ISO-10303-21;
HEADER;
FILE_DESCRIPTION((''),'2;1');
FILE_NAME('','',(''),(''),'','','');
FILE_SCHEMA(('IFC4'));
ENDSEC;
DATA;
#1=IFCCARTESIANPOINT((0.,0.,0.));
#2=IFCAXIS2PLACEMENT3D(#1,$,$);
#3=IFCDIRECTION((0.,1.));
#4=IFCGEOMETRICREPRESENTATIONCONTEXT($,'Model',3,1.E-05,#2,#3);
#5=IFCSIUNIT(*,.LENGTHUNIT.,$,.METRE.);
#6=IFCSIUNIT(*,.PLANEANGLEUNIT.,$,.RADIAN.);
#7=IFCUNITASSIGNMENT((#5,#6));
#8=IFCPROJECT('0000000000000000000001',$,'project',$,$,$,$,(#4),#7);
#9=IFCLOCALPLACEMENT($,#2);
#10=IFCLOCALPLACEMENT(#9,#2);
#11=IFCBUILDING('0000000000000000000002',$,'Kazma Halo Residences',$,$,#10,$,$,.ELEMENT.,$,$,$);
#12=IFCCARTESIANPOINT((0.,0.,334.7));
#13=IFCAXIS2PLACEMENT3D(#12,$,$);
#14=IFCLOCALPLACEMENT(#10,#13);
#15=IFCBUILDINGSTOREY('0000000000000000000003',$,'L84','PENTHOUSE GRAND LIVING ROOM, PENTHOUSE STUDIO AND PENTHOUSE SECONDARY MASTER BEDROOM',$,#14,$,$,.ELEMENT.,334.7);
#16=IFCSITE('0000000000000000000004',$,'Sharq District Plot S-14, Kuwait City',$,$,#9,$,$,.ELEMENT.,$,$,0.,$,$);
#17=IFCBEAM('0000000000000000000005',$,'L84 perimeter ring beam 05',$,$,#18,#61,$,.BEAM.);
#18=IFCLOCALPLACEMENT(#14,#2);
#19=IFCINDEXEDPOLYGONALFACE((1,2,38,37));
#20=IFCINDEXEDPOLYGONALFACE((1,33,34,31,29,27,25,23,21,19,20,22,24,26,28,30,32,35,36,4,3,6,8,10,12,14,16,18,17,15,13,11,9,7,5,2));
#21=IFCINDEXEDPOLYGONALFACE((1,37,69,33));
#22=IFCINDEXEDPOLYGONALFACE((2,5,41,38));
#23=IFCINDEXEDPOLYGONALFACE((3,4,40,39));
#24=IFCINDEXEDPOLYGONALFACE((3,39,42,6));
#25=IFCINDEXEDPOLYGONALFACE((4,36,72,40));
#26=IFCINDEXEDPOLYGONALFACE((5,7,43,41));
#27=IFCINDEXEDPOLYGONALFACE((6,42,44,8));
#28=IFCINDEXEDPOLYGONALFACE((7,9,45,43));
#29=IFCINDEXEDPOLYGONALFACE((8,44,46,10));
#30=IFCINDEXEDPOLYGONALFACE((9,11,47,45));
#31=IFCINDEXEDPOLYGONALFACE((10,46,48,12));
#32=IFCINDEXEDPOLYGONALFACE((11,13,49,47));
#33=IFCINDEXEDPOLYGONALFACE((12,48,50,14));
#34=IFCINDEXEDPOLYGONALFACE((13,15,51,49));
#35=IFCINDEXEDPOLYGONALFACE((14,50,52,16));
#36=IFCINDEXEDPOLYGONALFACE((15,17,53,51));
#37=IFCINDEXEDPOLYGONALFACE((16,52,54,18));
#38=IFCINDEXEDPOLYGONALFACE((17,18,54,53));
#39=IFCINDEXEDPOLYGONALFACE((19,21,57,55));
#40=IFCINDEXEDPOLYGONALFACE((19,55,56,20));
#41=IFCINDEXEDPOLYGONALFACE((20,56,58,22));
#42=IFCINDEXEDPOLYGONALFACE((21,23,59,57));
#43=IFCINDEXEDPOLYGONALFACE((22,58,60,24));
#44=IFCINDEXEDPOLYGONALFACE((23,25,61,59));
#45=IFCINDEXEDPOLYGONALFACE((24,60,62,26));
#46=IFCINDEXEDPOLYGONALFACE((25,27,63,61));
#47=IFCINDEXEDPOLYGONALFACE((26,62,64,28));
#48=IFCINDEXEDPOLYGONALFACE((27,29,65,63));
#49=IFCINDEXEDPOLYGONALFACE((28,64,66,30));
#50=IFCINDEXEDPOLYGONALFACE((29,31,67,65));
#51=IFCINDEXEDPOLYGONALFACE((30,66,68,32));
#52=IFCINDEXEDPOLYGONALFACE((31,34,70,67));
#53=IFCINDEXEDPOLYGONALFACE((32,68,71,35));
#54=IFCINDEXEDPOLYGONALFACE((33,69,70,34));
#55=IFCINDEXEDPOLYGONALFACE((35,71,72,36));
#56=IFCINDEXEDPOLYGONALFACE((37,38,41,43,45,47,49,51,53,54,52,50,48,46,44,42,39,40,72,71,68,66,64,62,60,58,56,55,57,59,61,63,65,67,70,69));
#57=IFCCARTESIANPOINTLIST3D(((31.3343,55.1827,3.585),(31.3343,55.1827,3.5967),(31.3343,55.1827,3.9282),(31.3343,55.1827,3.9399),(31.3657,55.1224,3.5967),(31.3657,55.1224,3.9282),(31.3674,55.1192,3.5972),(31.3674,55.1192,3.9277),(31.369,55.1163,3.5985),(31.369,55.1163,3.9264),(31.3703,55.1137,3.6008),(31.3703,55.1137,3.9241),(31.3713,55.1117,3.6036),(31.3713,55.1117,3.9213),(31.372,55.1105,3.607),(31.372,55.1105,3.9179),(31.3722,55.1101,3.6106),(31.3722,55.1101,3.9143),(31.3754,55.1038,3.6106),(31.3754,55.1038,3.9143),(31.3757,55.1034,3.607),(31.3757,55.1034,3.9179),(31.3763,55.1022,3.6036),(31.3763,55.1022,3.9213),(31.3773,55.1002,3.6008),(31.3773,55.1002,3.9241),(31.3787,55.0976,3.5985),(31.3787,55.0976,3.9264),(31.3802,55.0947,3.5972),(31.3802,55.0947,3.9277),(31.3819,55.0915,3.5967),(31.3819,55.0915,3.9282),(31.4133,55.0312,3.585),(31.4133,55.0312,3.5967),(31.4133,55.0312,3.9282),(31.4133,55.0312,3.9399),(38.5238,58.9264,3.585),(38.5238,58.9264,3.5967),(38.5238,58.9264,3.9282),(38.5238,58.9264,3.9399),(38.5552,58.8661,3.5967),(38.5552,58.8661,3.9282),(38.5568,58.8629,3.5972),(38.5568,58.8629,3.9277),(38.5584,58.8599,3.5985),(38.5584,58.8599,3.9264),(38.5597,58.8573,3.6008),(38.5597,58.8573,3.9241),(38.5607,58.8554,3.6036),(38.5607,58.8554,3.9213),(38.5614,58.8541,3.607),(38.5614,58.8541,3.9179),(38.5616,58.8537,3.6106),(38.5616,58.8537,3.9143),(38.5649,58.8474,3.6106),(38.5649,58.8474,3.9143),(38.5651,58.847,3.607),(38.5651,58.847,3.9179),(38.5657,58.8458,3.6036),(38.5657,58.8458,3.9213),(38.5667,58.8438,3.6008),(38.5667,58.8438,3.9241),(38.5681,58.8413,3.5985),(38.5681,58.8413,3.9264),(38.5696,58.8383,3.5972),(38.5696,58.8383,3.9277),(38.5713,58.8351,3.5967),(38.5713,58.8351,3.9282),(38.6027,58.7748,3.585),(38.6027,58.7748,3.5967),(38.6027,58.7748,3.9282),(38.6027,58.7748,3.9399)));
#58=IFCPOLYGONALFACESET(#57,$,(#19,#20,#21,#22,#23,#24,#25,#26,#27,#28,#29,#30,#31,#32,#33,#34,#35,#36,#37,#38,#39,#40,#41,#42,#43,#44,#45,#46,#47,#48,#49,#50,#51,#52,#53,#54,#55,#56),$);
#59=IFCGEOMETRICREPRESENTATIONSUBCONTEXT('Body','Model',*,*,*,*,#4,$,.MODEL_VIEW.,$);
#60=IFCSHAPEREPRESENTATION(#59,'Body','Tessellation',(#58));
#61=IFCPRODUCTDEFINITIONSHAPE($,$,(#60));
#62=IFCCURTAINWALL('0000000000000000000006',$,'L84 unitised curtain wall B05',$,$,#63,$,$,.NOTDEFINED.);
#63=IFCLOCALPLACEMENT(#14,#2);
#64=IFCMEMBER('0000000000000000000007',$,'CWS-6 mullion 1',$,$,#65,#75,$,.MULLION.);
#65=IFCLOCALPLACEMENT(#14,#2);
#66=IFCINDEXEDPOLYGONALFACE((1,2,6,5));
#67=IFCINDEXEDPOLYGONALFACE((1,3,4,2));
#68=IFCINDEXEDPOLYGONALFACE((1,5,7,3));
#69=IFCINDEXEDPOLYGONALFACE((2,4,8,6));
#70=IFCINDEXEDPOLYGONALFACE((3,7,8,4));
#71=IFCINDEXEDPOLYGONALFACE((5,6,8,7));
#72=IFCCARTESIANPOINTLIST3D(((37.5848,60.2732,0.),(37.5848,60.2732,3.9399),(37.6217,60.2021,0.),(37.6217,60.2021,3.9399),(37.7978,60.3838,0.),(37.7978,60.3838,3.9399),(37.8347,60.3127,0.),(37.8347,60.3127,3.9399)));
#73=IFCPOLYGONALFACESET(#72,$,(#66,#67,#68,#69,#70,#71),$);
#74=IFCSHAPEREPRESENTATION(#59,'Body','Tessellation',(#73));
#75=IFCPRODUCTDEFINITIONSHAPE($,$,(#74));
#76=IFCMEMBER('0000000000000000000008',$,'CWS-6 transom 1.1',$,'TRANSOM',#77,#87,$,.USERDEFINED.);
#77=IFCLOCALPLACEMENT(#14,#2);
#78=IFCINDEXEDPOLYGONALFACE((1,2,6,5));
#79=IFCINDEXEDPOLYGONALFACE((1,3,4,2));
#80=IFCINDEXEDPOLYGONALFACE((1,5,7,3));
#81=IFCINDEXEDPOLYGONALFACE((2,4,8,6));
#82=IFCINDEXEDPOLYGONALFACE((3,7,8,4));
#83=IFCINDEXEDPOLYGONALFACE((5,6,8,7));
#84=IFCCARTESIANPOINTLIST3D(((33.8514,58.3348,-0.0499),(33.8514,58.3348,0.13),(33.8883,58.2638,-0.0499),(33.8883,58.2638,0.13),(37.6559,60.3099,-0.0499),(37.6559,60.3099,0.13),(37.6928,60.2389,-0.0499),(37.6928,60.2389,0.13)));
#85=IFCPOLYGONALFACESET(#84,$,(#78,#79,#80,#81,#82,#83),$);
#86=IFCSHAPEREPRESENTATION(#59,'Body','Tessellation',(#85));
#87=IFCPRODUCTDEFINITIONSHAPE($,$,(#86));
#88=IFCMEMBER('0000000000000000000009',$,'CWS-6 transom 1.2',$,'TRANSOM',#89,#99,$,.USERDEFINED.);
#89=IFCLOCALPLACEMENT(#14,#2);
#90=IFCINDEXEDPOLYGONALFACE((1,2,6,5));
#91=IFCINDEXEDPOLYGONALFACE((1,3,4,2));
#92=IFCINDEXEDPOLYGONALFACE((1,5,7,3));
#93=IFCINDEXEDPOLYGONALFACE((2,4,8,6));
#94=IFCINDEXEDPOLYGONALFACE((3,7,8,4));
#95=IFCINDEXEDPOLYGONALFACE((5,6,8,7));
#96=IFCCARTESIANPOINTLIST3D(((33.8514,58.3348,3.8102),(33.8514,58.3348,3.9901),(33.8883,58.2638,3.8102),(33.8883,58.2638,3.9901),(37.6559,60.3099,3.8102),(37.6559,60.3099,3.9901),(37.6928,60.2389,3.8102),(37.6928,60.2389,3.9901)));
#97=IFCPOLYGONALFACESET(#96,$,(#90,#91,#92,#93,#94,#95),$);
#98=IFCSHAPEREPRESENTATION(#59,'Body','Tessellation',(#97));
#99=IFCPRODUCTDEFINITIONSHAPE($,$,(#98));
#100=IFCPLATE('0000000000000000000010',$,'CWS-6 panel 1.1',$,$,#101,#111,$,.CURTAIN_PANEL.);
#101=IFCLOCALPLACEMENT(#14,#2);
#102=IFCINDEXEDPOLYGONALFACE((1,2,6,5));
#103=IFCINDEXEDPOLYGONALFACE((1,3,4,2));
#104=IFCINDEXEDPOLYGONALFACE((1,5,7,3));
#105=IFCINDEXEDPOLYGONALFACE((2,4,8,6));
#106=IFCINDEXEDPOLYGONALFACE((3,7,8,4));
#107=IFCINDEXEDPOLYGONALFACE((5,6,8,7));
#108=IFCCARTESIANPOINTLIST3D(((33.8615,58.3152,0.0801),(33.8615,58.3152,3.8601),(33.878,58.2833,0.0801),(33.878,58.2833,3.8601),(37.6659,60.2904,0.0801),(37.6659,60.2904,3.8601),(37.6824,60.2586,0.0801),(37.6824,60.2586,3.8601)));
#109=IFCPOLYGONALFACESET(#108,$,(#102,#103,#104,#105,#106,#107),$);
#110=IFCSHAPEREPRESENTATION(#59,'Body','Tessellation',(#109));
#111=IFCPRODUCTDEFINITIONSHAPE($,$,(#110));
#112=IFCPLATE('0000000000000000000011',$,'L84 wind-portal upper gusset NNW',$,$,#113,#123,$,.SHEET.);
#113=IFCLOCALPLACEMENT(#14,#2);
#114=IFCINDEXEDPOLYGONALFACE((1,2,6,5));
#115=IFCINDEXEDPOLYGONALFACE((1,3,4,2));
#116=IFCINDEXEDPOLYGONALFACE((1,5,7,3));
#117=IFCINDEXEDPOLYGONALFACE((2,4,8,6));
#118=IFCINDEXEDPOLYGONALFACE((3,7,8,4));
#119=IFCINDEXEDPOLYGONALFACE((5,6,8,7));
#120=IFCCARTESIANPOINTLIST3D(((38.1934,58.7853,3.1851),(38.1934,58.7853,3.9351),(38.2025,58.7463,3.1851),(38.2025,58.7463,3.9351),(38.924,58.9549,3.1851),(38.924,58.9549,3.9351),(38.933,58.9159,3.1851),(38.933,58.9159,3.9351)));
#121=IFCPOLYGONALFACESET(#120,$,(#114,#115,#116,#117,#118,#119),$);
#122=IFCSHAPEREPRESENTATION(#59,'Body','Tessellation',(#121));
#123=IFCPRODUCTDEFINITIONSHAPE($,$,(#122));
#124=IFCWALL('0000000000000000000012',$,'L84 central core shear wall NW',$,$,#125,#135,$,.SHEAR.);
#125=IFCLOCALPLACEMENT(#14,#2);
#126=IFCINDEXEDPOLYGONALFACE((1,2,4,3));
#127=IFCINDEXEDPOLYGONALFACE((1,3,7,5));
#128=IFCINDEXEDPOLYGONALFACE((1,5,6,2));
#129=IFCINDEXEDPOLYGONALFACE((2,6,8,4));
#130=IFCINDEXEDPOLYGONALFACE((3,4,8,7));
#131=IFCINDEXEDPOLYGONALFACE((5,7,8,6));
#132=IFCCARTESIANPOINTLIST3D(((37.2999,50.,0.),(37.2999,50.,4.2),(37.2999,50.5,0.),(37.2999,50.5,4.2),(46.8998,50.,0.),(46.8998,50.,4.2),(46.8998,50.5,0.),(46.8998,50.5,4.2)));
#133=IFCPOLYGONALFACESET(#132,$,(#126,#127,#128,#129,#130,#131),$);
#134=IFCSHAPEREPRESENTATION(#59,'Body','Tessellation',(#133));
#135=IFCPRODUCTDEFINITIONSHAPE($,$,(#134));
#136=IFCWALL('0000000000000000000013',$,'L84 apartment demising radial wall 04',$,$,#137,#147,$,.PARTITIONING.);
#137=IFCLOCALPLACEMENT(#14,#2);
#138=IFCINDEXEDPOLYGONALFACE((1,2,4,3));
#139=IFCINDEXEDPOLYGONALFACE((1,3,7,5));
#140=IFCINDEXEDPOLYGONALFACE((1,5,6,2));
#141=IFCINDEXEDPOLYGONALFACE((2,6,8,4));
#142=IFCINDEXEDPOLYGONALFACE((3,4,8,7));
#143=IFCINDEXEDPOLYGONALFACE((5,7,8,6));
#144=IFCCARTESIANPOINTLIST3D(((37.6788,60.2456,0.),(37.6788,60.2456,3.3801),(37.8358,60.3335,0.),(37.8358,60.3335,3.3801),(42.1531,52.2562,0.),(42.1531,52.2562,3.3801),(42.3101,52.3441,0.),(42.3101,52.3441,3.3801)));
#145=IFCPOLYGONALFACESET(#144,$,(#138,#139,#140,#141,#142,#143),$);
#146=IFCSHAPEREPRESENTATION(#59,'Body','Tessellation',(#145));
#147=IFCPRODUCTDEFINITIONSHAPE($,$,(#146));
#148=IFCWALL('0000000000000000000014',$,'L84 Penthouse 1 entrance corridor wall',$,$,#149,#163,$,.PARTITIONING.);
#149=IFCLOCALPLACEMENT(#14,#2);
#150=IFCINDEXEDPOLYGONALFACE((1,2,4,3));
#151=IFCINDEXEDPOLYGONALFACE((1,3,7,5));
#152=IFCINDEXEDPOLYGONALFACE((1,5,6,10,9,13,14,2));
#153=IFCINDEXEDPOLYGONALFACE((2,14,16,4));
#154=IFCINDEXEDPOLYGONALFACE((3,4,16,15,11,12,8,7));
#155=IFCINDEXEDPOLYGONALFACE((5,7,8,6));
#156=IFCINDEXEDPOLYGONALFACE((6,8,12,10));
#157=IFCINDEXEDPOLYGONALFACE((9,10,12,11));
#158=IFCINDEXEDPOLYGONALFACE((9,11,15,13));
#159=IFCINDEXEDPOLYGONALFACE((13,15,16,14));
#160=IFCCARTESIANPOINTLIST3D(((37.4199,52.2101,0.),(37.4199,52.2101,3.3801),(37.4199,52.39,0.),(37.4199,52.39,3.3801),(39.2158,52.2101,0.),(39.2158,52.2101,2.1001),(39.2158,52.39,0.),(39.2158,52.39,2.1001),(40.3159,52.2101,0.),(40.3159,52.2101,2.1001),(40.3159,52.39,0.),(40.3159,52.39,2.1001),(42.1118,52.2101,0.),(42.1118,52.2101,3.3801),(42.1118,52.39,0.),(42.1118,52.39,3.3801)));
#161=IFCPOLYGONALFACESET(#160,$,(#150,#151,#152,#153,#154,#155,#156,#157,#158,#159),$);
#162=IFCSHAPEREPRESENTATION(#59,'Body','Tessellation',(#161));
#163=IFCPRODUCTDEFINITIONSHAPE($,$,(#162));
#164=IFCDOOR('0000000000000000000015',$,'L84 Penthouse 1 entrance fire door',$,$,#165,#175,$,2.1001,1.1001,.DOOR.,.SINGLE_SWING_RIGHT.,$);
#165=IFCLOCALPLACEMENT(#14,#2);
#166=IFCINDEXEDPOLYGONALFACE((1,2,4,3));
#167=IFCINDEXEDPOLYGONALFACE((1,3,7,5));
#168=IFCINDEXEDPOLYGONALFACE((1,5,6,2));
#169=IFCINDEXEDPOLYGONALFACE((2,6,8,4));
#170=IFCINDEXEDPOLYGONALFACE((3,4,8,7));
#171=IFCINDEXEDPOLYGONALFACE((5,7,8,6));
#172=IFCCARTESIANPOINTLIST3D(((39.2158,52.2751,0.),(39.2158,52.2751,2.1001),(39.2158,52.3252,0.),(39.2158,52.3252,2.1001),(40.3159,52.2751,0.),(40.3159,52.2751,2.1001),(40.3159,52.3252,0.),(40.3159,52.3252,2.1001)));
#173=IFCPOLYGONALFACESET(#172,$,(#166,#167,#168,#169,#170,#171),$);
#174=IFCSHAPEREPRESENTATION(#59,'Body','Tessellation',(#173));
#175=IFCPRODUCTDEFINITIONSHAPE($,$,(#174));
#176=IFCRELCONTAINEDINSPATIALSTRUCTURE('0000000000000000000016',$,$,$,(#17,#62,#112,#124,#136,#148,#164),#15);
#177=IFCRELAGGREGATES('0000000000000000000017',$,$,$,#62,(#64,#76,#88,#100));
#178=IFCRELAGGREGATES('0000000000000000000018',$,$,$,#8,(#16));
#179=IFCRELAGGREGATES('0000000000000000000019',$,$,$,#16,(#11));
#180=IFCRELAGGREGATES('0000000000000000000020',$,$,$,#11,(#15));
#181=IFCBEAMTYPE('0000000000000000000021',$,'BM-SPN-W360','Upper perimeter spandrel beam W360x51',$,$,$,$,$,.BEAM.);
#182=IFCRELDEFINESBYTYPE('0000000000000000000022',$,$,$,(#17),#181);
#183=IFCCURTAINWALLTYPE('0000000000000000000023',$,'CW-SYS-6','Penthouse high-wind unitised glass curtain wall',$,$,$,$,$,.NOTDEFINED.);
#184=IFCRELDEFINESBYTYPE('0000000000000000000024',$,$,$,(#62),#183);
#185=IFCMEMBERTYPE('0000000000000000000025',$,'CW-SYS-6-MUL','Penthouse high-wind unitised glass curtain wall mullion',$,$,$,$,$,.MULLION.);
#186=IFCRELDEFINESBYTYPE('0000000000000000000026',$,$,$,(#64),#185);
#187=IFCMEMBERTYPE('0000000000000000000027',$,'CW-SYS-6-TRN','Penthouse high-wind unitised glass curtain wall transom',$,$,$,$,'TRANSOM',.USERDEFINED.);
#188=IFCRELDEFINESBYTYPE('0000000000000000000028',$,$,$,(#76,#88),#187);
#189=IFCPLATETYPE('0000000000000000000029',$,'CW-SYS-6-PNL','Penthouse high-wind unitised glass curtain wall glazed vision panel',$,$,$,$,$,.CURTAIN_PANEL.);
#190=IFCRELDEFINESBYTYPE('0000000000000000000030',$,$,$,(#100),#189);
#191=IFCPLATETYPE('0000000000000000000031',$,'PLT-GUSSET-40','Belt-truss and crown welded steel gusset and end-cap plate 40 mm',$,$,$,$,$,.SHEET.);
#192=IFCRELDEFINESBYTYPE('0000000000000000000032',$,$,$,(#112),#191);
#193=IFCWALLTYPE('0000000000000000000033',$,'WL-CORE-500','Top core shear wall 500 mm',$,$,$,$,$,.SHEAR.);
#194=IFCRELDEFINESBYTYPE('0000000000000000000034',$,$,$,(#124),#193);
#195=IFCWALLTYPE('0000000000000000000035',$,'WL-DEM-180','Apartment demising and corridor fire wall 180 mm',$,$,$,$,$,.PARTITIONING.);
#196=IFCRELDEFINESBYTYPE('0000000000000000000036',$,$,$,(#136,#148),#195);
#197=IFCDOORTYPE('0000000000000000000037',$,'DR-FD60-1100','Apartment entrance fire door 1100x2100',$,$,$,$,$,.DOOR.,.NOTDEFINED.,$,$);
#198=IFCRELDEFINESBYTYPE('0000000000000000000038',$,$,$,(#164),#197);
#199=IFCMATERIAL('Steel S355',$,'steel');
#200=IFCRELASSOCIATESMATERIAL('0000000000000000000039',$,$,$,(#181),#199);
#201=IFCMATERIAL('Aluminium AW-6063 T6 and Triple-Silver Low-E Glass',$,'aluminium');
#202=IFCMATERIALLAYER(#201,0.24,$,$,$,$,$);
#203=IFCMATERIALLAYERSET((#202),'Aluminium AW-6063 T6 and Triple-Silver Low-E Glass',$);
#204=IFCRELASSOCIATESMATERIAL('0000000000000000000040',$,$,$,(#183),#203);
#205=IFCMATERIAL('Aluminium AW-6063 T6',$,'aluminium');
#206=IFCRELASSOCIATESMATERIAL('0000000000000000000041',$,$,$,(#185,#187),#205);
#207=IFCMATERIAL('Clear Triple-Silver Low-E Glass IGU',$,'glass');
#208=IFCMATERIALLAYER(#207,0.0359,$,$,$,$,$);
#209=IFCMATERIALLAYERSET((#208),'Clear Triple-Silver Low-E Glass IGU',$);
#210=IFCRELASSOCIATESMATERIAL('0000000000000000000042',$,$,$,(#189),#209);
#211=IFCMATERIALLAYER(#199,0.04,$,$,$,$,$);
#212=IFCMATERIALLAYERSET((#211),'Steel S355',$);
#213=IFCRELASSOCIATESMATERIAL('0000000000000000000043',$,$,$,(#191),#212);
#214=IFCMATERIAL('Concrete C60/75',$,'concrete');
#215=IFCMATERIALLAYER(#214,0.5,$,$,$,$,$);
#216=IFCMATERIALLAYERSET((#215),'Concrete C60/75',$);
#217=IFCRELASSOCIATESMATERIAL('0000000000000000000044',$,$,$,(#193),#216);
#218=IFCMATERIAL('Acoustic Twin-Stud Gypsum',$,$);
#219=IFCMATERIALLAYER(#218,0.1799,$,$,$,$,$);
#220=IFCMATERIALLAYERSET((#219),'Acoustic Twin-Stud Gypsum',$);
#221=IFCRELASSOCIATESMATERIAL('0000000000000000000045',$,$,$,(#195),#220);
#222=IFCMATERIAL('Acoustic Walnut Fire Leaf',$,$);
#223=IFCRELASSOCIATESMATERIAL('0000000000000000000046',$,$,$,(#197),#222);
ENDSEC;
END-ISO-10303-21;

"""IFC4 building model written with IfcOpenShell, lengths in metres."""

from ifc_helpers import new_model, si_unit, direction, frame, frame_2d, origin, origin_2d, place, context, subcontext, project, spatial, rectangle, i_section, extrude, material, layer, layer_set, material_profile, profile_set, type_object, element, fill, aggregate, save


model = new_model("IFC4")

# Units and contexts
model_context = context("Model", 3, precision=1e-05, world=origin(), true_north=direction((0.0, 1.0)))
body_context = subcontext(model_context, "Body", "Model", "MODEL_VIEW")
ifc_project = project(units=[si_unit("LENGTHUNIT", "METRE"), si_unit("PLANEANGLEUNIT", "RADIAN")], contexts=[model_context])

# Site, building, storey
site_placement = place(None, origin())
site = spatial("IfcSite", under=ifc_project, at=site_placement, Name="Sharq District Plot S-14, Kuwait City", CompositionType="ELEMENT", RefElevation=0.0)
building_placement = place(site_placement, origin())
building = spatial("IfcBuilding", under=site, at=building_placement, Name="Kazma Halo Residences", CompositionType="ELEMENT")
storey_placement = place(building_placement, frame((0.0, 0.0, 334.7)))
storey = spatial("IfcBuildingStorey", under=building, at=storey_placement, Name="L84", Description="PENTHOUSE GRAND LIVING ROOM, PENTHOUSE STUDIO AND PENTHOUSE SECONDARY MASTER BEDROOM", CompositionType="ELEMENT", Elevation=334.7)

# Shared definitions
ifc_material_1 = material(Name="Concrete C60/75", Category="concrete")

# Beam
ifc_material_2 = material(Name="Steel S355", Category="steel")
ifc_material_profile_1 = material_profile(ifc_material_2, i_section(OverallWidth=0.1709, OverallDepth=0.355, WebThickness=0.0071, FlangeThickness=0.0117, FilletRadius=0.0139, at=origin_2d()), Name="W360x51")
ifc_profile_set_1 = profile_set([ifc_material_profile_1], Name="Steel S355")
beam_type_1 = type_object("IfcBeamType", Name="BM-SPN-W360", Description="Upper perimeter spandrel beam W360x51", PredefinedType="BEAM", material=ifc_profile_set_1)
beam_1_placement = place(storey_placement, frame((38.5632, 58.8506, 3.7625), z_axis=(-0.886957, -0.461851, 0.0), x_axis=(0.461851, -0.886957, 0.0)))
element("IfcBeam", 1, at=beam_1_placement, inside=storey, type_object=beam_type_1, Name="L84 perimeter ring beam 05", PredefinedType="BEAM", context=body_context, shape_type="SweptSolid", body=[
    extrude(i_section(OverallWidth=0.1709, OverallDepth=0.355, WebThickness=0.0071, FlangeThickness=0.0117, FilletRadius=0.0139, at=origin_2d()), origin(), (0.0, 0.0, 1.0), 8.1057),
])

# Curtain wall, members, plate
ifc_material_3 = material(Name="Aluminium AW-6063 T6 and Triple-Silver Low-E Glass", Category="aluminium")
ifc_layer_1 = layer(ifc_material_3, 0.24)
ifc_layer_set_1 = layer_set([ifc_layer_1], Name="Aluminium AW-6063 T6 and Triple-Silver Low-E Glass")
curtain_wall_type = type_object("IfcCurtainWallType", Name="CW-SYS-6", Description="Penthouse high-wind unitised glass curtain wall", PredefinedType="NOTDEFINED", material=ifc_layer_set_1)
curtain_wall_placement = place(storey_placement, origin())
curtain_wall = element("IfcCurtainWall", 2, at=curtain_wall_placement, inside=storey, type_object=curtain_wall_type, Name="L84 unitised curtain wall B05", PredefinedType="NOTDEFINED")
ifc_material_4 = material(Name="Aluminium AW-6063 T6", Category="aluminium")
ifc_material_profile_2 = material_profile(ifc_material_4, rectangle(XDim=0.0801, YDim=0.24, at=origin_2d()), Name="CWM-80x240")
ifc_profile_set_2 = profile_set([ifc_material_profile_2], Name="Aluminium AW-6063 T6")
member_type_1 = type_object("IfcMemberType", Name="CW-SYS-6-MUL", Description="Penthouse high-wind unitised glass curtain wall mullion", PredefinedType="MULLION", material=ifc_profile_set_2)
member_1_placement = place(storey_placement, frame((37.7097, 60.293, 0.0), z_axis=(0.0, 0.0, 1.0), x_axis=(0.460796, -0.887506, 0.0)))
member_1 = element("IfcMember", 3, at=member_1_placement, type_object=member_type_1, Name="CWS-6 mullion 1", PredefinedType="MULLION", context=body_context, shape_type="SweptSolid", body=[
    extrude(rectangle(XDim=0.0801, YDim=0.24, at=origin_2d()), origin(), (0.0, 0.0, 1.0), 3.9399),
])
ifc_material_profile_3 = material_profile(ifc_material_4, rectangle(XDim=0.0801, YDim=0.1799, at=origin_2d()), Name="CWT-80x180")
ifc_profile_set_3 = profile_set([ifc_material_profile_3], Name="Aluminium AW-6063 T6")
member_type_2 = type_object("IfcMemberType", Name="CW-SYS-6-TRN", Description="Penthouse high-wind unitised glass curtain wall transom", ElementType="TRANSOM", PredefinedType="USERDEFINED", material=ifc_profile_set_3)
member_2_placement = place(storey_placement, frame((37.6743, 60.2744, 0.04), z_axis=(-0.887523, -0.460763, 0.0), x_axis=(0.460763, -0.887523, 0.0)))
member_2 = element("IfcMember", 4, at=member_2_placement, type_object=member_type_2, Name="CWS-6 transom 1.1", ObjectType="TRANSOM", PredefinedType="USERDEFINED", context=body_context, shape_type="SweptSolid", body=[
    extrude(rectangle(XDim=0.0801, YDim=0.1799, at=origin_2d()), origin(), (0.0, 0.0, 1.0), 4.2866),
])
member_3_placement = place(storey_placement, frame((37.6743, 60.2744, 3.9001), z_axis=(-0.887523, -0.460763, 0.0), x_axis=(0.460763, -0.887523, 0.0)))
member_3 = element("IfcMember", 5, at=member_3_placement, type_object=member_type_2, Name="CWS-6 transom 1.2", ObjectType="TRANSOM", PredefinedType="USERDEFINED", context=body_context, shape_type="SweptSolid", body=[
    extrude(rectangle(XDim=0.0801, YDim=0.1799, at=origin_2d()), origin(), (0.0, 0.0, 1.0), 4.2866),
])
ifc_material_5 = material(Name="Clear Triple-Silver Low-E Glass IGU", Category="glass")
ifc_layer_2 = layer(ifc_material_5, 0.0359)
ifc_layer_set_2 = layer_set([ifc_layer_2], Name="Clear Triple-Silver Low-E Glass IGU")
plate_type_1 = type_object("IfcPlateType", Name="CW-SYS-6-PNL", Description="Penthouse high-wind unitised glass curtain wall glazed vision panel", PredefinedType="CURTAIN_PANEL", material=ifc_layer_set_2)
plate_1_placement = place(storey_placement, frame((35.772, 59.2869, 0.0801), z_axis=(0.0, 0.0, 1.0), x_axis=(-0.887506, -0.460796, 0.0)))
plate_1 = element("IfcPlate", 6, at=plate_1_placement, type_object=plate_type_1, Name="CWS-6 panel 1.1", PredefinedType="CURTAIN_PANEL", context=body_context, shape_type="SweptSolid", body=[
    extrude(rectangle(XDim=4.2866, YDim=0.0359, at=origin_2d()), origin(), (0.0, 0.0, 1.0), 3.78),
])
aggregate(curtain_wall, [member_1, member_2, member_3, plate_1])

# Plate
ifc_layer_3 = layer(ifc_material_2, 0.04)
ifc_layer_set_3 = layer_set([ifc_layer_3], Name="Steel S355")
plate_type_2 = type_object("IfcPlateType", Name="PLT-GUSSET-40", Description="Belt-truss and crown welded steel gusset and end-cap plate 40 mm", PredefinedType="SHEET", material=ifc_layer_set_3)
plate_2_placement = place(storey_placement, frame((38.5632, 58.8506, 3.1851), z_axis=(0.0, 0.0, 1.0), x_axis=(-0.974084, -0.226188, 0.0)))
element("IfcPlate", 7, at=plate_2_placement, inside=storey, type_object=plate_type_2, Name="L84 wind-portal upper gusset NNW", PredefinedType="SHEET", context=body_context, shape_type="SweptSolid", body=[
    extrude(rectangle(XDim=0.75, YDim=0.04, at=origin_2d()), origin(), (0.0, 0.0, 1.0), 0.75),
])

# Walls
ifc_layer_4 = layer(ifc_material_1, 0.5)
ifc_layer_set_4 = layer_set([ifc_layer_4], Name="Concrete C60/75")
wall_type_1 = type_object("IfcWallType", Name="WL-CORE-500", Description="Top core shear wall 500 mm", PredefinedType="SHEAR", material=ifc_layer_set_4)
wall_1_placement = place(storey_placement, frame((37.3, 50.25, 0.0), z_axis=(0.0, 0.0, 1.0), x_axis=(1.0, 0.0, 0.0)))
element("IfcWall", 8, at=wall_1_placement, inside=storey, type_object=wall_type_1, Name="L84 central core shear wall NW", PredefinedType="SHEAR", context=body_context, shape_type="SweptSolid", body=[
    extrude(rectangle(XDim=9.5999, YDim=0.5, at=frame_2d((4.7998, 0.0))), origin(), (0.0, 0.0, 1.0), 4.2),
])
ifc_material_6 = material(Name="Acoustic Twin-Stud Gypsum")
ifc_layer_5 = layer(ifc_material_6, 0.1799)
ifc_layer_set_5 = layer_set([ifc_layer_5], Name="Acoustic Twin-Stud Gypsum")
wall_type_2 = type_object("IfcWallType", Name="WL-DEM-180", Description="Apartment demising and corridor fire wall 180 mm", PredefinedType="PARTITIONING", material=ifc_layer_set_5)
wall_2_placement = place(storey_placement, frame((42.2317, 52.3, 0.0), z_axis=(0.0, 0.0, 1.0), x_axis=(-0.488624, 0.872495, 0.0)))
element("IfcWall", 9, at=wall_2_placement, inside=storey, type_object=wall_type_2, Name="L84 apartment demising radial wall 04", PredefinedType="PARTITIONING", context=body_context, shape_type="SweptSolid", body=[
    extrude(rectangle(XDim=9.157, YDim=0.1799, at=frame_2d((4.5786, 0.0))), origin(), (0.0, 0.0, 1.0), 3.3801),
])

# Wall, opening, door
wall_3_placement = place(storey_placement, frame((42.1118, 52.3, 0.0), z_axis=(0.0, 0.0, 1.0), x_axis=(-1.0, 0.0, 0.0)))
wall_3 = element("IfcWall", 10, at=wall_3_placement, inside=storey, type_object=wall_type_2, Name="L84 Penthouse 1 entrance corridor wall", PredefinedType="PARTITIONING", context=body_context, shape_type="SweptSolid", body=[
    extrude(rectangle(XDim=4.6919, YDim=0.1799, at=frame_2d((2.3459, 0.0))), origin(), (0.0, 0.0, 1.0), 3.3801),
])
opening_1_placement = place(wall_3_placement, frame((1.7959, 0.0, 0.0)))
opening_1 = element("IfcOpeningElement", 11, at=opening_1_placement, cuts=wall_3, PredefinedType="OPENING", context=body_context, shape_type="SweptSolid", body=[
    extrude(rectangle(XDim=1.1001, YDim=2.1001, at=frame_2d((0.55, 1.05))), frame((0.0, 0.0999, 0.0), z_axis=(0.0, -1.0, 0.0), x_axis=(1.0, 0.0, 0.0)), (0.0, 0.0, 1.0), 0.2),
])
ifc_material_7 = material(Name="Acoustic Walnut Fire Leaf")
door_type_1 = type_object("IfcDoorType", Name="DR-FD60-1100", Description="Apartment entrance fire door 1100x2100", OperationType="NOTDEFINED", PredefinedType="DOOR", material=ifc_material_7)
door_1_placement = place(opening_1_placement, origin())
door_1 = element("IfcDoor", 12, at=door_1_placement, inside=storey, type_object=door_type_1, Name="L84 Penthouse 1 entrance fire door", OperationType="SINGLE_SWING_RIGHT", OverallHeight=2.1001, OverallWidth=1.1001, PredefinedType="DOOR", context=body_context, shape_type="SweptSolid", body=[
    extrude(rectangle(XDim=1.1001, YDim=2.1001, at=frame_2d((0.55, 1.05))), frame((0.0, 0.0249, 0.0), z_axis=(0.0, -1.0, 0.0), x_axis=(1.0, 0.0, 0.0)), (0.0, 0.0, 1.0), 0.05),
])
fill(opening_1, door_1)

save(model, "model.ifc")
